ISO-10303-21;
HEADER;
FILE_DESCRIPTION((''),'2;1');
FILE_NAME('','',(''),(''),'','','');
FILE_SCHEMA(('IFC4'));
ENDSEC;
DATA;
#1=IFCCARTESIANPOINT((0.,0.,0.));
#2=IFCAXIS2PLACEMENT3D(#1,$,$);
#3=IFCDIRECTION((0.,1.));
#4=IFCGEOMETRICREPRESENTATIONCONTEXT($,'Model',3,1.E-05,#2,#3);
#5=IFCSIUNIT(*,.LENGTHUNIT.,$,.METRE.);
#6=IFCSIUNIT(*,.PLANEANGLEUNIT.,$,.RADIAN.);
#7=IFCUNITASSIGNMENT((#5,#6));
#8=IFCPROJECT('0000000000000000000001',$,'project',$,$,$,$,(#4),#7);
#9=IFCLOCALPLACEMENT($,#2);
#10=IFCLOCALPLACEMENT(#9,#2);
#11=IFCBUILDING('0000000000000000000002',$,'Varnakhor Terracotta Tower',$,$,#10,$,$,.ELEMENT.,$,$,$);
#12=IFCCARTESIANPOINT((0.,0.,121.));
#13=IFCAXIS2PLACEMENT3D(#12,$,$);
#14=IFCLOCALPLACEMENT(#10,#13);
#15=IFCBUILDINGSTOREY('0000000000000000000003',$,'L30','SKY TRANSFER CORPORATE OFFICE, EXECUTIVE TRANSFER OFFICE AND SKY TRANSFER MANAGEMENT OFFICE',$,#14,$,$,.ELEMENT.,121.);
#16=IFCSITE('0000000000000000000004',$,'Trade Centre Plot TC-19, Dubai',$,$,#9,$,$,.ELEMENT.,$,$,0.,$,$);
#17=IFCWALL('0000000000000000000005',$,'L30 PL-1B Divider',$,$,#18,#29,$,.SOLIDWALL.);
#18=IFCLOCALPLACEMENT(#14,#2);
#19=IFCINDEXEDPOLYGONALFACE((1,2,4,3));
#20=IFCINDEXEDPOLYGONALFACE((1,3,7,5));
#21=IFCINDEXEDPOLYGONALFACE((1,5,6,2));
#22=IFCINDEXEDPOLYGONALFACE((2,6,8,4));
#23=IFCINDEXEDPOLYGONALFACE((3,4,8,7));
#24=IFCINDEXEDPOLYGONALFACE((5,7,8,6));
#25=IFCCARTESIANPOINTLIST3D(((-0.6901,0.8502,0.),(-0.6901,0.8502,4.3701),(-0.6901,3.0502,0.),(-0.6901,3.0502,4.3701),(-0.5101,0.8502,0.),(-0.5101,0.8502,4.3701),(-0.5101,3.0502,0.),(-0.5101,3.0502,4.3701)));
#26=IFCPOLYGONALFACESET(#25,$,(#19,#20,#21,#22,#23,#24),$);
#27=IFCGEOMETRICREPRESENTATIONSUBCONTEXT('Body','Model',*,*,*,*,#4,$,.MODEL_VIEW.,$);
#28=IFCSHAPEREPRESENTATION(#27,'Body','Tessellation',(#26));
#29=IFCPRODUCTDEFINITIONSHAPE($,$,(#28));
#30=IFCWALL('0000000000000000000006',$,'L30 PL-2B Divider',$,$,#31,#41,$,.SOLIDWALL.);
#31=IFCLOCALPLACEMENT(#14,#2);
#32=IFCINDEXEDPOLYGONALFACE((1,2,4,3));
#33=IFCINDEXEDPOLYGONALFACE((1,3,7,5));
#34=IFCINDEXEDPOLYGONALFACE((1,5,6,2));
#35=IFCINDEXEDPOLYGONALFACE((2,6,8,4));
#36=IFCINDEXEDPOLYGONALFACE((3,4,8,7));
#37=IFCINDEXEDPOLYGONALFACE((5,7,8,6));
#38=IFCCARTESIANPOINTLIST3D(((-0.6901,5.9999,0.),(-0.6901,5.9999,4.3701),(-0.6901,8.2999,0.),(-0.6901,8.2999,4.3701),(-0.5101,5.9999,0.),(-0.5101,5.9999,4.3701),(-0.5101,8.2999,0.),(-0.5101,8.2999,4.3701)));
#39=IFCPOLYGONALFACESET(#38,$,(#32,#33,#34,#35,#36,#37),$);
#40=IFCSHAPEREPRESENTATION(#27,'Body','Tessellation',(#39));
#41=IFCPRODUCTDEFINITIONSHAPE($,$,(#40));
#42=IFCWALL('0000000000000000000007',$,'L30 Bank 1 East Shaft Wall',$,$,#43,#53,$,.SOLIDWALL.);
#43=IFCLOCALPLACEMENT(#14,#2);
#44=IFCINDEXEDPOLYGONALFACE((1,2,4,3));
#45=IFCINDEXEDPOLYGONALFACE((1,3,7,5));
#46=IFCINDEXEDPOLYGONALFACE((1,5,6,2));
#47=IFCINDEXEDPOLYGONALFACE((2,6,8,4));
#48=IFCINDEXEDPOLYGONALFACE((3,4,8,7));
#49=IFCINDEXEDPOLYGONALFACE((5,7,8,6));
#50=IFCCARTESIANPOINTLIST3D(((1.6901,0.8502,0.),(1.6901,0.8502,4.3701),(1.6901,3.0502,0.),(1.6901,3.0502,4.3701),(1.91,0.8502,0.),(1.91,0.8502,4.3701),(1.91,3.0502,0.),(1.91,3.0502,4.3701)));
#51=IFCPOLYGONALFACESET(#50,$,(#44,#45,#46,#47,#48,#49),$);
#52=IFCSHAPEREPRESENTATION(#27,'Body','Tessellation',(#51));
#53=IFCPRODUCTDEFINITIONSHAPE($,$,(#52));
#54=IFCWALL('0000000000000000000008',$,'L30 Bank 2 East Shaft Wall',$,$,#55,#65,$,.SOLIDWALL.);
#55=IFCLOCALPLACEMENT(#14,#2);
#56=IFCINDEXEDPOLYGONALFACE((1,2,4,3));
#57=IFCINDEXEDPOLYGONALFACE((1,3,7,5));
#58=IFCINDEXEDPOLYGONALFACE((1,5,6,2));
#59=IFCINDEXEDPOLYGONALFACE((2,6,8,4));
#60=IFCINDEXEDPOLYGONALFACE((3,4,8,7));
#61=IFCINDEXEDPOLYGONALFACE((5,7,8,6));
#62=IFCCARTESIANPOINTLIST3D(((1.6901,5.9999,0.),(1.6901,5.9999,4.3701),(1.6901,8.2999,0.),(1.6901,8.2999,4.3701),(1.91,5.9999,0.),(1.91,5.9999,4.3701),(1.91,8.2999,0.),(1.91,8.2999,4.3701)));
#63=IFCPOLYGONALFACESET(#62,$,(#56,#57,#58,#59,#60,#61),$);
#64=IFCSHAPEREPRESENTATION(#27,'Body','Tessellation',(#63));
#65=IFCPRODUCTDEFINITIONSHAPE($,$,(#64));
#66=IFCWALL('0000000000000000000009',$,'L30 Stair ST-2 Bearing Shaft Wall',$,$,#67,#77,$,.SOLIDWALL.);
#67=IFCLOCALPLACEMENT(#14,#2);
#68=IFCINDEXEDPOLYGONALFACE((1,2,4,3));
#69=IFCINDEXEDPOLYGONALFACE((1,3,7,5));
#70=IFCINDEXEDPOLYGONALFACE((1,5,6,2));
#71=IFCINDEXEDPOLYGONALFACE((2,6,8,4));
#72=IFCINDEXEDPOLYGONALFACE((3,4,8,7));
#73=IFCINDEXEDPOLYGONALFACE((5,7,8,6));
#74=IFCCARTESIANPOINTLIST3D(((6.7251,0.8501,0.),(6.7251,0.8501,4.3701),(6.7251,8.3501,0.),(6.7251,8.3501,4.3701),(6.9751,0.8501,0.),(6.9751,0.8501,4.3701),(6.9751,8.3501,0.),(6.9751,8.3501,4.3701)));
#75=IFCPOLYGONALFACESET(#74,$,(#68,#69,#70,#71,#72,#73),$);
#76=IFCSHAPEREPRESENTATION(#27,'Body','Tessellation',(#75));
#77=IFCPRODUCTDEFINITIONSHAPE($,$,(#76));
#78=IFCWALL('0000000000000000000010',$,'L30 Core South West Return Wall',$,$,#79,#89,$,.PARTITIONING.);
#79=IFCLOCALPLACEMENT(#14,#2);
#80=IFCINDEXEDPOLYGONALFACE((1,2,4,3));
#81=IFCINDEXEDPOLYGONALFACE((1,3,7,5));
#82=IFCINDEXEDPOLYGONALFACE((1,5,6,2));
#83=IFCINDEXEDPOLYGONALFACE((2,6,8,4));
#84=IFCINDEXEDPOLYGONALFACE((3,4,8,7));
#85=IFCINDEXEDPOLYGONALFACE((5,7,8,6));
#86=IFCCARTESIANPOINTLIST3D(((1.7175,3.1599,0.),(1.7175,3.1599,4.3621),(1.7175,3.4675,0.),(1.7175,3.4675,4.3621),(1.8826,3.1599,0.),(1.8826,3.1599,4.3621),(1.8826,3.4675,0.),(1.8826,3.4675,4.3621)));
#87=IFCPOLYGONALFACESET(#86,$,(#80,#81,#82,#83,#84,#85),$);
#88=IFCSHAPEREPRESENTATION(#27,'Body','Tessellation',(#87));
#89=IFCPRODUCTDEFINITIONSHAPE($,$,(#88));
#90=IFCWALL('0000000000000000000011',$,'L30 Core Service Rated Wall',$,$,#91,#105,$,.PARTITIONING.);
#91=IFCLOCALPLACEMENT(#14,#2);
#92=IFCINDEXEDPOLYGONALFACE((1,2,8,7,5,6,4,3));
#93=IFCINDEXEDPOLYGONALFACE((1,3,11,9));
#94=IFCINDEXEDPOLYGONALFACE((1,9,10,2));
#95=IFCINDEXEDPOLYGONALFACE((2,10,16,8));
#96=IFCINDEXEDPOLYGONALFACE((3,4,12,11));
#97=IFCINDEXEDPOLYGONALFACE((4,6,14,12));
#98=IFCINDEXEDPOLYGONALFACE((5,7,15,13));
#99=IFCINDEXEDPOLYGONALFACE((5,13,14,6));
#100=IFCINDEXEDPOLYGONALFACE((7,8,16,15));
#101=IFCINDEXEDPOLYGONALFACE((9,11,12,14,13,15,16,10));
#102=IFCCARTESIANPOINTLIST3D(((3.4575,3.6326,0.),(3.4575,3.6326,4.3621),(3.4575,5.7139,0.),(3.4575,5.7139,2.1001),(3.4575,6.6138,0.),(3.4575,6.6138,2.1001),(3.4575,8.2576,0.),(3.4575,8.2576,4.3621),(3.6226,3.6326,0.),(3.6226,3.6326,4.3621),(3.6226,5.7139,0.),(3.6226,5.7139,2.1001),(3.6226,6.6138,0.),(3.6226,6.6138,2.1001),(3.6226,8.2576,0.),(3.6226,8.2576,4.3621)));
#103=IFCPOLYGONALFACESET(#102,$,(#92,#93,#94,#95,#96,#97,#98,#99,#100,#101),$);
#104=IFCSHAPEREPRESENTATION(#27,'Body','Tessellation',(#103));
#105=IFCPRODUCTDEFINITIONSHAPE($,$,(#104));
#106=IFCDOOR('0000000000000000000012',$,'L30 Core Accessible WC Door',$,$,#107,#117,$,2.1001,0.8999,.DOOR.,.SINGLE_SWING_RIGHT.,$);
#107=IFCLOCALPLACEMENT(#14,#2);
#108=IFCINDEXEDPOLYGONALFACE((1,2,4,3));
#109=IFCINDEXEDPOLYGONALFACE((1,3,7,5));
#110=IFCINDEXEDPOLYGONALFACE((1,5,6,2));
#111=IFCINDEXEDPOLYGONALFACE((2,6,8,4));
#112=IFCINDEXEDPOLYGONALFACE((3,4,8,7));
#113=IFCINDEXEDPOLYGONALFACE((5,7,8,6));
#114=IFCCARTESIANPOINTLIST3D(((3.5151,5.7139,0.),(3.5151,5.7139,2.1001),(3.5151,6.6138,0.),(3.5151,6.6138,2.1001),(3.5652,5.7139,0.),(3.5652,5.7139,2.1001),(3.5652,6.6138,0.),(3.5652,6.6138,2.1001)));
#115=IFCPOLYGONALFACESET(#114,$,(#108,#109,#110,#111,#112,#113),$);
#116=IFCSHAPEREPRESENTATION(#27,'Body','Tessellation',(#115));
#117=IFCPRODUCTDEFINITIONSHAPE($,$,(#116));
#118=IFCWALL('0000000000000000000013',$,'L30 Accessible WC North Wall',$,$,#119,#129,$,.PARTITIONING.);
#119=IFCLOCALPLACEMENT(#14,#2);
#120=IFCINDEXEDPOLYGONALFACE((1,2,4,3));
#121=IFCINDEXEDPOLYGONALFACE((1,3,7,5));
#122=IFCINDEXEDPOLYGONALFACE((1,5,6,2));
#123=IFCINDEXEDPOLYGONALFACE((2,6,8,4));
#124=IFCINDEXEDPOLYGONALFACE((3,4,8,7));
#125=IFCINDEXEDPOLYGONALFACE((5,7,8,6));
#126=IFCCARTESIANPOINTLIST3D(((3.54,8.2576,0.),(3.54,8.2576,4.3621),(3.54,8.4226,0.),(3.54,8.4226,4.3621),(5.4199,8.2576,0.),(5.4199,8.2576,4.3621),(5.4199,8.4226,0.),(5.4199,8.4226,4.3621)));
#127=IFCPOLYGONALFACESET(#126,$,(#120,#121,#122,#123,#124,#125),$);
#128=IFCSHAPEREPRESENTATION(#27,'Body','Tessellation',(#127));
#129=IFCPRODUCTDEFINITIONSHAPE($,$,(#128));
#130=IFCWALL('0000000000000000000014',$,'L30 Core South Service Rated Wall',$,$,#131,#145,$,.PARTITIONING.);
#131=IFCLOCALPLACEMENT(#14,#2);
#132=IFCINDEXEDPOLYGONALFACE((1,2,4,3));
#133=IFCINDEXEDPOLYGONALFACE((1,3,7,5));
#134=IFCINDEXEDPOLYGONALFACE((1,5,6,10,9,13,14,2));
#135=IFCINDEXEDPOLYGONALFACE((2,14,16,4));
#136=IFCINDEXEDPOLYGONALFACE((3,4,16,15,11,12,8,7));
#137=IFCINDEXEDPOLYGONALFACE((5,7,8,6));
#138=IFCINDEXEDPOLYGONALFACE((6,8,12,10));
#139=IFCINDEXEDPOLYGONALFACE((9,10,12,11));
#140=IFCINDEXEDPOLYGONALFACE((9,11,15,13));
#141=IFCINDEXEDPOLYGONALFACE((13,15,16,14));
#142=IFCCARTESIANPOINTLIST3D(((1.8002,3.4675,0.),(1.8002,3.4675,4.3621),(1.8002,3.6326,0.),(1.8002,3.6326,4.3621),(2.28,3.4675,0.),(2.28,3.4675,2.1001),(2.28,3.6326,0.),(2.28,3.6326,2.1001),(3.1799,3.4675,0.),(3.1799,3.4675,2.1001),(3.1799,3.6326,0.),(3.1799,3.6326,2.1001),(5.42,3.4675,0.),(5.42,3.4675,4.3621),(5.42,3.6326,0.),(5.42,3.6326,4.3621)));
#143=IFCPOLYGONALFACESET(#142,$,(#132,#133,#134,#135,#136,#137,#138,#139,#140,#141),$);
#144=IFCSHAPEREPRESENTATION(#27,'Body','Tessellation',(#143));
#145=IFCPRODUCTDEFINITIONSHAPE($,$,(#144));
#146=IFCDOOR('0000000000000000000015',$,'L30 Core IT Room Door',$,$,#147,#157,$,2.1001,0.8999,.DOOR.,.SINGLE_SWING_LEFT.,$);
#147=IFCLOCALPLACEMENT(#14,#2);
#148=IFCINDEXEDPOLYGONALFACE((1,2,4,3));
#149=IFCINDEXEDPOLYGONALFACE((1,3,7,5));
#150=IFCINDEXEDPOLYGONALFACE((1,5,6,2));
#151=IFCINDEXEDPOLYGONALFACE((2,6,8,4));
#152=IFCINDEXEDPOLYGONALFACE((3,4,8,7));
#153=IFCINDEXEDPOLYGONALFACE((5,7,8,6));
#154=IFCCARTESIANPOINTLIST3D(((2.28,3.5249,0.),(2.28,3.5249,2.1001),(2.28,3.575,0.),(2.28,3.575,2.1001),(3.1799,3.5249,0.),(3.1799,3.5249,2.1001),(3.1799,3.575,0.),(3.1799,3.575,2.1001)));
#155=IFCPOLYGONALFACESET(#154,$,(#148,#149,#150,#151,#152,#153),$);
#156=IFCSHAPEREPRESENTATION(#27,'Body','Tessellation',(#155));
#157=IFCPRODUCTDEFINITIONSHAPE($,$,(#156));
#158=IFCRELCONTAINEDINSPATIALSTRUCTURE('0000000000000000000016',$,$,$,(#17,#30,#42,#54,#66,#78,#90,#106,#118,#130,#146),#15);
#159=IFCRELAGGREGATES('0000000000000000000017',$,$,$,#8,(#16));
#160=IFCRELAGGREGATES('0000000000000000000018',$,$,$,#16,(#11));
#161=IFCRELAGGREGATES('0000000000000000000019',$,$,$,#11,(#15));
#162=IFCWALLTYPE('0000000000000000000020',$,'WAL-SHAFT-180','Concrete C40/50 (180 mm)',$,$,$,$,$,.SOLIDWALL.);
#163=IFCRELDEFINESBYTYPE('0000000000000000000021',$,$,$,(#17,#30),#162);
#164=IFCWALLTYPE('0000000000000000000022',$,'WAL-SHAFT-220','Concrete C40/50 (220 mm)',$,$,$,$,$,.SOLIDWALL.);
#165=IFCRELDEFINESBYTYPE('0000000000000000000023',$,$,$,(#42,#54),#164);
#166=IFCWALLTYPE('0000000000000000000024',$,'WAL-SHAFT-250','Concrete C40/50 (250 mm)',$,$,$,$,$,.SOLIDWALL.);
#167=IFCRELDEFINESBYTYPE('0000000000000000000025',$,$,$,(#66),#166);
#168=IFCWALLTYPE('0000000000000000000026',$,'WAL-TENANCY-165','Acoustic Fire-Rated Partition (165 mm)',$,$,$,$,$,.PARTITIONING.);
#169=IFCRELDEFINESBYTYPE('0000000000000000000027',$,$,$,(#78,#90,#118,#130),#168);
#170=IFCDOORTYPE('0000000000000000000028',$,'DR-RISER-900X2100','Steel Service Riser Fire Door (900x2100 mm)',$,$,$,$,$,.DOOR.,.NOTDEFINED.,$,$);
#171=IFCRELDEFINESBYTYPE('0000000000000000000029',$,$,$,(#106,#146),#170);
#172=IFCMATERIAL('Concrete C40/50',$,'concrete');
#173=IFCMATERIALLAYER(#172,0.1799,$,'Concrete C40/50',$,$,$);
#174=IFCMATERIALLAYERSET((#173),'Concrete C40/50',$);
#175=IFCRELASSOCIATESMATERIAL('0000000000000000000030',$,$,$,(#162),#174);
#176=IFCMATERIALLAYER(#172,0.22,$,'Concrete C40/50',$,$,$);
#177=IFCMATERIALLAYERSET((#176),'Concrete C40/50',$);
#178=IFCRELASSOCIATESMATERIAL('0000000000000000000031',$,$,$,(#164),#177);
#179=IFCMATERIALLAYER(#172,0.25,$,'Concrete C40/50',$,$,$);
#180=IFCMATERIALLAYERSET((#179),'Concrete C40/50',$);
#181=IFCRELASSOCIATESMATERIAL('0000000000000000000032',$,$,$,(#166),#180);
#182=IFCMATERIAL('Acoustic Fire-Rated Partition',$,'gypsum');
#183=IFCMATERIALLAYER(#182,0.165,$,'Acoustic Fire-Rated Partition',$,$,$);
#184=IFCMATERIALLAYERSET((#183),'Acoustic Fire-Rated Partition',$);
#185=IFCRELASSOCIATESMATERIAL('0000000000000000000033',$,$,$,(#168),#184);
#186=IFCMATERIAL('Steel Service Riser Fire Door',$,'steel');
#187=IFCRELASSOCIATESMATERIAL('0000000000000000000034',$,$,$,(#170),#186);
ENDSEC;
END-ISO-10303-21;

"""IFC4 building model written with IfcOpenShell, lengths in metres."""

from ifc_helpers import new_model, si_unit, direction, frame, frame_2d, origin, place, context, subcontext, project, spatial, rectangle, extrude, source, transform, mapped, material, layer, layer_set, type_object, type_shapes, element, fill, save


model = new_model("IFC4")

# Units and contexts
model_context = context("Model", 3, precision=1e-05, world=origin(), true_north=direction((0.0, 1.0)))
body_context = subcontext(model_context, "Body", "Model", "MODEL_VIEW")
ifc_project = project(units=[si_unit("LENGTHUNIT", "METRE"), si_unit("PLANEANGLEUNIT", "RADIAN")], contexts=[model_context])

# Site, building, storey
site_placement = place(None, origin())
site = spatial("IfcSite", under=ifc_project, at=site_placement, Name="Trade Centre Plot TC-19, Dubai", CompositionType="ELEMENT", RefElevation=0.0)
building_placement = place(site_placement, origin())
building = spatial("IfcBuilding", under=site, at=building_placement, Name="Varnakhor Terracotta Tower", CompositionType="ELEMENT")
storey_placement = place(building_placement, frame((0.0, 0.0, 121.0)))
storey = spatial("IfcBuildingStorey", under=building, at=storey_placement, Name="L30", Description="SKY TRANSFER CORPORATE OFFICE, EXECUTIVE TRANSFER OFFICE AND SKY TRANSFER MANAGEMENT OFFICE", CompositionType="ELEMENT", Elevation=121.0)

# Shared definitions
ifc_material_1 = material(Name="Concrete C40/50", Category="concrete")

# Walls
ifc_layer_1 = layer(ifc_material_1, 0.1799, Name="Concrete C40/50")
ifc_layer_set_1 = layer_set([ifc_layer_1], Name="Concrete C40/50")
wall_type_1 = type_object("IfcWallType", Name="WAL-SHAFT-180", Description="Concrete C40/50 (180 mm)", PredefinedType="SOLIDWALL", material=ifc_layer_set_1)
wall_1_placement = place(storey_placement, frame((-0.6001, 0.8501, 0.0), z_axis=(0.0, 0.0, 1.0), x_axis=(0.0, 1.0, 0.0)))
element("IfcWall", 1, at=wall_1_placement, inside=storey, type_object=wall_type_1, Name="L30 PL-1B Divider", PredefinedType="SOLIDWALL", context=body_context, shape_type="SweptSolid", body=[
    extrude(rectangle(XDim=2.2, YDim=0.1799, at=frame_2d((1.1001, 0.0))), origin(), (0.0, 0.0, 1.0), 4.3701),
])
wall_2_placement = place(storey_placement, frame((-0.6001, 6.0, 0.0), z_axis=(0.0, 0.0, 1.0), x_axis=(0.0, 1.0, 0.0)))
element("IfcWall", 2, at=wall_2_placement, inside=storey, type_object=wall_type_1, Name="L30 PL-2B Divider", PredefinedType="SOLIDWALL", context=body_context, shape_type="SweptSolid", body=[
    extrude(rectangle(XDim=2.3, YDim=0.1799, at=frame_2d((1.1499, 0.0))), origin(), (0.0, 0.0, 1.0), 4.3701),
])
ifc_layer_2 = layer(ifc_material_1, 0.22, Name="Concrete C40/50")
ifc_layer_set_2 = layer_set([ifc_layer_2], Name="Concrete C40/50")
wall_type_2 = type_object("IfcWallType", Name="WAL-SHAFT-220", Description="Concrete C40/50 (220 mm)", PredefinedType="SOLIDWALL", material=ifc_layer_set_2)
wall_3_placement = place(storey_placement, frame((1.8, 0.8501, 0.0), z_axis=(0.0, 0.0, 1.0), x_axis=(0.0, 1.0, 0.0)))
element("IfcWall", 3, at=wall_3_placement, inside=storey, type_object=wall_type_2, Name="L30 Bank 1 East Shaft Wall", PredefinedType="SOLIDWALL", context=body_context, shape_type="SweptSolid", body=[
    extrude(rectangle(XDim=2.2, YDim=0.22, at=frame_2d((1.1001, 0.0))), origin(), (0.0, 0.0, 1.0), 4.3701),
])
wall_4_placement = place(storey_placement, frame((1.8, 6.0, 0.0), z_axis=(0.0, 0.0, 1.0), x_axis=(0.0, 1.0, 0.0)))
element("IfcWall", 4, at=wall_4_placement, inside=storey, type_object=wall_type_2, Name="L30 Bank 2 East Shaft Wall", PredefinedType="SOLIDWALL", context=body_context, shape_type="SweptSolid", body=[
    extrude(rectangle(XDim=2.3, YDim=0.22, at=frame_2d((1.1499, 0.0))), origin(), (0.0, 0.0, 1.0), 4.3701),
])
ifc_layer_3 = layer(ifc_material_1, 0.25, Name="Concrete C40/50")
ifc_layer_set_3 = layer_set([ifc_layer_3], Name="Concrete C40/50")
wall_type_3 = type_object("IfcWallType", Name="WAL-SHAFT-250", Description="Concrete C40/50 (250 mm)", PredefinedType="SOLIDWALL", material=ifc_layer_set_3)
wall_5_placement = place(storey_placement, frame((6.8501, 0.8501, 0.0), z_axis=(0.0, 0.0, 1.0), x_axis=(0.0, 1.0, 0.0)))
element("IfcWall", 5, at=wall_5_placement, inside=storey, type_object=wall_type_3, Name="L30 Stair ST-2 Bearing Shaft Wall", PredefinedType="SOLIDWALL", context=body_context, shape_type="SweptSolid", body=[
    extrude(rectangle(XDim=7.5, YDim=0.25, at=frame_2d((3.75, 0.0))), origin(), (0.0, 0.0, 1.0), 4.3701),
])
ifc_material_2 = material(Name="Acoustic Fire-Rated Partition", Category="gypsum")
ifc_layer_4 = layer(ifc_material_2, 0.165, Name="Acoustic Fire-Rated Partition")
ifc_layer_set_4 = layer_set([ifc_layer_4], Name="Acoustic Fire-Rated Partition")
wall_type_4 = type_object("IfcWallType", Name="WAL-TENANCY-165", Description="Acoustic Fire-Rated Partition (165 mm)", PredefinedType="PARTITIONING", material=ifc_layer_set_4)
wall_6_placement = place(storey_placement, frame((1.8, 3.1599, 0.0), z_axis=(0.0, 0.0, 1.0), x_axis=(0.0, 1.0, 0.0)))
element("IfcWall", 6, at=wall_6_placement, inside=storey, type_object=wall_type_4, Name="L30 Core South West Return Wall", PredefinedType="PARTITIONING", context=body_context, shape_type="SweptSolid", body=[
    extrude(rectangle(XDim=0.3076, YDim=0.165, at=frame_2d((0.1538, 0.0))), origin(), (0.0, 0.0, 1.0), 4.3621),
])

# Wall, opening, door
wall_7_placement = place(storey_placement, frame((3.54, 3.6326, 0.0), z_axis=(0.0, 0.0, 1.0), x_axis=(0.0, 1.0, 0.0)))
wall_7 = element("IfcWall", 7, at=wall_7_placement, inside=storey, type_object=wall_type_4, Name="L30 Core Service Rated Wall", PredefinedType="PARTITIONING", context=body_context, shape_type="SweptSolid", body=[
    extrude(rectangle(XDim=4.625, YDim=0.165, at=frame_2d((2.3125, 0.0))), origin(), (0.0, 0.0, 1.0), 4.3621),
])
opening_1_placement = place(wall_7_placement, frame((2.0813, 0.0, 0.0)))
opening_1 = element("IfcOpeningElement", 8, at=opening_1_placement, cuts=wall_7, PredefinedType="OPENING", context=body_context, shape_type="SweptSolid", body=[
    extrude(rectangle(XDim=0.8999, YDim=2.1001, at=frame_2d((0.45, 1.05))), frame((0.0, 0.0925, 0.0), z_axis=(0.0, -1.0, 0.0), x_axis=(1.0, 0.0, 0.0)), (0.0, 0.0, 1.0), 0.1851),
])
ifc_material_3 = material(Name="Steel Service Riser Fire Door", Category="steel")
door_type_1 = type_object("IfcDoorType", Name="DR-RISER-900X2100", Description="Steel Service Riser Fire Door (900x2100 mm)", OperationType="NOTDEFINED", PredefinedType="DOOR", material=ifc_material_3)
shared_shape_1 = source(origin(), body_context, "Body", "SweptSolid", [
    extrude(rectangle(XDim=0.8999, YDim=2.1001, at=frame_2d((0.45, 1.05))), frame((0.0, 0.0249, 0.0), z_axis=(0.0, -1.0, 0.0), x_axis=(1.0, 0.0, 0.0)), (0.0, 0.0, 1.0), 0.05),
])
type_shapes(door_type_1, [shared_shape_1])
door_1_placement = place(opening_1_placement, origin())
door_1 = element("IfcDoor", 9, at=door_1_placement, inside=storey, type_object=door_type_1, Name="L30 Core Accessible WC Door", OperationType="SINGLE_SWING_RIGHT", OverallHeight=2.1001, OverallWidth=0.8999, PredefinedType="DOOR", context=body_context, shape_type="MappedRepresentation", body=[
    mapped(shared_shape_1, transform((0.0, 0.0, 0.0), scale=1.0)),
])
fill(opening_1, door_1)

# Wall
wall_8_placement = place(storey_placement, frame((3.54, 8.3401, 0.0), z_axis=(0.0, 0.0, 1.0), x_axis=(1.0, 0.0, 0.0)))
element("IfcWall", 10, at=wall_8_placement, inside=storey, type_object=wall_type_4, Name="L30 Accessible WC North Wall", PredefinedType="PARTITIONING", context=body_context, shape_type="SweptSolid", body=[
    extrude(rectangle(XDim=1.8799, YDim=0.165, at=frame_2d((0.9399, 0.0))), origin(), (0.0, 0.0, 1.0), 4.3621),
])

# Wall, opening, door
wall_9_placement = place(storey_placement, frame((1.8, 3.55, 0.0), z_axis=(0.0, 0.0, 1.0), x_axis=(1.0, 0.0, 0.0)))
wall_9 = element("IfcWall", 11, at=wall_9_placement, inside=storey, type_object=wall_type_4, Name="L30 Core South Service Rated Wall", PredefinedType="PARTITIONING", context=body_context, shape_type="SweptSolid", body=[
    extrude(rectangle(XDim=3.6199, YDim=0.165, at=frame_2d((1.8101, 0.0))), origin(), (0.0, 0.0, 1.0), 4.3621),
])
opening_2_placement = place(wall_9_placement, frame((0.48, 0.0, 0.0)))
opening_2 = element("IfcOpeningElement", 12, at=opening_2_placement, cuts=wall_9, PredefinedType="OPENING", context=body_context, shape_type="SweptSolid", body=[
    extrude(rectangle(XDim=0.8999, YDim=2.1001, at=frame_2d((0.45, 1.05))), frame((0.0, 0.0925, 0.0), z_axis=(0.0, -1.0, 0.0), x_axis=(1.0, 0.0, 0.0)), (0.0, 0.0, 1.0), 0.1851),
])
door_2_placement = place(opening_2_placement, origin())
door_2 = element("IfcDoor", 13, at=door_2_placement, inside=storey, type_object=door_type_1, Name="L30 Core IT Room Door", OperationType="SINGLE_SWING_LEFT", OverallHeight=2.1001, OverallWidth=0.8999, PredefinedType="DOOR", context=body_context, shape_type="MappedRepresentation", body=[
    mapped(shared_shape_1, transform((0.0, 0.0, 0.0), scale=1.0)),
])
fill(opening_2, door_2)

save(model, "model.ifc")
